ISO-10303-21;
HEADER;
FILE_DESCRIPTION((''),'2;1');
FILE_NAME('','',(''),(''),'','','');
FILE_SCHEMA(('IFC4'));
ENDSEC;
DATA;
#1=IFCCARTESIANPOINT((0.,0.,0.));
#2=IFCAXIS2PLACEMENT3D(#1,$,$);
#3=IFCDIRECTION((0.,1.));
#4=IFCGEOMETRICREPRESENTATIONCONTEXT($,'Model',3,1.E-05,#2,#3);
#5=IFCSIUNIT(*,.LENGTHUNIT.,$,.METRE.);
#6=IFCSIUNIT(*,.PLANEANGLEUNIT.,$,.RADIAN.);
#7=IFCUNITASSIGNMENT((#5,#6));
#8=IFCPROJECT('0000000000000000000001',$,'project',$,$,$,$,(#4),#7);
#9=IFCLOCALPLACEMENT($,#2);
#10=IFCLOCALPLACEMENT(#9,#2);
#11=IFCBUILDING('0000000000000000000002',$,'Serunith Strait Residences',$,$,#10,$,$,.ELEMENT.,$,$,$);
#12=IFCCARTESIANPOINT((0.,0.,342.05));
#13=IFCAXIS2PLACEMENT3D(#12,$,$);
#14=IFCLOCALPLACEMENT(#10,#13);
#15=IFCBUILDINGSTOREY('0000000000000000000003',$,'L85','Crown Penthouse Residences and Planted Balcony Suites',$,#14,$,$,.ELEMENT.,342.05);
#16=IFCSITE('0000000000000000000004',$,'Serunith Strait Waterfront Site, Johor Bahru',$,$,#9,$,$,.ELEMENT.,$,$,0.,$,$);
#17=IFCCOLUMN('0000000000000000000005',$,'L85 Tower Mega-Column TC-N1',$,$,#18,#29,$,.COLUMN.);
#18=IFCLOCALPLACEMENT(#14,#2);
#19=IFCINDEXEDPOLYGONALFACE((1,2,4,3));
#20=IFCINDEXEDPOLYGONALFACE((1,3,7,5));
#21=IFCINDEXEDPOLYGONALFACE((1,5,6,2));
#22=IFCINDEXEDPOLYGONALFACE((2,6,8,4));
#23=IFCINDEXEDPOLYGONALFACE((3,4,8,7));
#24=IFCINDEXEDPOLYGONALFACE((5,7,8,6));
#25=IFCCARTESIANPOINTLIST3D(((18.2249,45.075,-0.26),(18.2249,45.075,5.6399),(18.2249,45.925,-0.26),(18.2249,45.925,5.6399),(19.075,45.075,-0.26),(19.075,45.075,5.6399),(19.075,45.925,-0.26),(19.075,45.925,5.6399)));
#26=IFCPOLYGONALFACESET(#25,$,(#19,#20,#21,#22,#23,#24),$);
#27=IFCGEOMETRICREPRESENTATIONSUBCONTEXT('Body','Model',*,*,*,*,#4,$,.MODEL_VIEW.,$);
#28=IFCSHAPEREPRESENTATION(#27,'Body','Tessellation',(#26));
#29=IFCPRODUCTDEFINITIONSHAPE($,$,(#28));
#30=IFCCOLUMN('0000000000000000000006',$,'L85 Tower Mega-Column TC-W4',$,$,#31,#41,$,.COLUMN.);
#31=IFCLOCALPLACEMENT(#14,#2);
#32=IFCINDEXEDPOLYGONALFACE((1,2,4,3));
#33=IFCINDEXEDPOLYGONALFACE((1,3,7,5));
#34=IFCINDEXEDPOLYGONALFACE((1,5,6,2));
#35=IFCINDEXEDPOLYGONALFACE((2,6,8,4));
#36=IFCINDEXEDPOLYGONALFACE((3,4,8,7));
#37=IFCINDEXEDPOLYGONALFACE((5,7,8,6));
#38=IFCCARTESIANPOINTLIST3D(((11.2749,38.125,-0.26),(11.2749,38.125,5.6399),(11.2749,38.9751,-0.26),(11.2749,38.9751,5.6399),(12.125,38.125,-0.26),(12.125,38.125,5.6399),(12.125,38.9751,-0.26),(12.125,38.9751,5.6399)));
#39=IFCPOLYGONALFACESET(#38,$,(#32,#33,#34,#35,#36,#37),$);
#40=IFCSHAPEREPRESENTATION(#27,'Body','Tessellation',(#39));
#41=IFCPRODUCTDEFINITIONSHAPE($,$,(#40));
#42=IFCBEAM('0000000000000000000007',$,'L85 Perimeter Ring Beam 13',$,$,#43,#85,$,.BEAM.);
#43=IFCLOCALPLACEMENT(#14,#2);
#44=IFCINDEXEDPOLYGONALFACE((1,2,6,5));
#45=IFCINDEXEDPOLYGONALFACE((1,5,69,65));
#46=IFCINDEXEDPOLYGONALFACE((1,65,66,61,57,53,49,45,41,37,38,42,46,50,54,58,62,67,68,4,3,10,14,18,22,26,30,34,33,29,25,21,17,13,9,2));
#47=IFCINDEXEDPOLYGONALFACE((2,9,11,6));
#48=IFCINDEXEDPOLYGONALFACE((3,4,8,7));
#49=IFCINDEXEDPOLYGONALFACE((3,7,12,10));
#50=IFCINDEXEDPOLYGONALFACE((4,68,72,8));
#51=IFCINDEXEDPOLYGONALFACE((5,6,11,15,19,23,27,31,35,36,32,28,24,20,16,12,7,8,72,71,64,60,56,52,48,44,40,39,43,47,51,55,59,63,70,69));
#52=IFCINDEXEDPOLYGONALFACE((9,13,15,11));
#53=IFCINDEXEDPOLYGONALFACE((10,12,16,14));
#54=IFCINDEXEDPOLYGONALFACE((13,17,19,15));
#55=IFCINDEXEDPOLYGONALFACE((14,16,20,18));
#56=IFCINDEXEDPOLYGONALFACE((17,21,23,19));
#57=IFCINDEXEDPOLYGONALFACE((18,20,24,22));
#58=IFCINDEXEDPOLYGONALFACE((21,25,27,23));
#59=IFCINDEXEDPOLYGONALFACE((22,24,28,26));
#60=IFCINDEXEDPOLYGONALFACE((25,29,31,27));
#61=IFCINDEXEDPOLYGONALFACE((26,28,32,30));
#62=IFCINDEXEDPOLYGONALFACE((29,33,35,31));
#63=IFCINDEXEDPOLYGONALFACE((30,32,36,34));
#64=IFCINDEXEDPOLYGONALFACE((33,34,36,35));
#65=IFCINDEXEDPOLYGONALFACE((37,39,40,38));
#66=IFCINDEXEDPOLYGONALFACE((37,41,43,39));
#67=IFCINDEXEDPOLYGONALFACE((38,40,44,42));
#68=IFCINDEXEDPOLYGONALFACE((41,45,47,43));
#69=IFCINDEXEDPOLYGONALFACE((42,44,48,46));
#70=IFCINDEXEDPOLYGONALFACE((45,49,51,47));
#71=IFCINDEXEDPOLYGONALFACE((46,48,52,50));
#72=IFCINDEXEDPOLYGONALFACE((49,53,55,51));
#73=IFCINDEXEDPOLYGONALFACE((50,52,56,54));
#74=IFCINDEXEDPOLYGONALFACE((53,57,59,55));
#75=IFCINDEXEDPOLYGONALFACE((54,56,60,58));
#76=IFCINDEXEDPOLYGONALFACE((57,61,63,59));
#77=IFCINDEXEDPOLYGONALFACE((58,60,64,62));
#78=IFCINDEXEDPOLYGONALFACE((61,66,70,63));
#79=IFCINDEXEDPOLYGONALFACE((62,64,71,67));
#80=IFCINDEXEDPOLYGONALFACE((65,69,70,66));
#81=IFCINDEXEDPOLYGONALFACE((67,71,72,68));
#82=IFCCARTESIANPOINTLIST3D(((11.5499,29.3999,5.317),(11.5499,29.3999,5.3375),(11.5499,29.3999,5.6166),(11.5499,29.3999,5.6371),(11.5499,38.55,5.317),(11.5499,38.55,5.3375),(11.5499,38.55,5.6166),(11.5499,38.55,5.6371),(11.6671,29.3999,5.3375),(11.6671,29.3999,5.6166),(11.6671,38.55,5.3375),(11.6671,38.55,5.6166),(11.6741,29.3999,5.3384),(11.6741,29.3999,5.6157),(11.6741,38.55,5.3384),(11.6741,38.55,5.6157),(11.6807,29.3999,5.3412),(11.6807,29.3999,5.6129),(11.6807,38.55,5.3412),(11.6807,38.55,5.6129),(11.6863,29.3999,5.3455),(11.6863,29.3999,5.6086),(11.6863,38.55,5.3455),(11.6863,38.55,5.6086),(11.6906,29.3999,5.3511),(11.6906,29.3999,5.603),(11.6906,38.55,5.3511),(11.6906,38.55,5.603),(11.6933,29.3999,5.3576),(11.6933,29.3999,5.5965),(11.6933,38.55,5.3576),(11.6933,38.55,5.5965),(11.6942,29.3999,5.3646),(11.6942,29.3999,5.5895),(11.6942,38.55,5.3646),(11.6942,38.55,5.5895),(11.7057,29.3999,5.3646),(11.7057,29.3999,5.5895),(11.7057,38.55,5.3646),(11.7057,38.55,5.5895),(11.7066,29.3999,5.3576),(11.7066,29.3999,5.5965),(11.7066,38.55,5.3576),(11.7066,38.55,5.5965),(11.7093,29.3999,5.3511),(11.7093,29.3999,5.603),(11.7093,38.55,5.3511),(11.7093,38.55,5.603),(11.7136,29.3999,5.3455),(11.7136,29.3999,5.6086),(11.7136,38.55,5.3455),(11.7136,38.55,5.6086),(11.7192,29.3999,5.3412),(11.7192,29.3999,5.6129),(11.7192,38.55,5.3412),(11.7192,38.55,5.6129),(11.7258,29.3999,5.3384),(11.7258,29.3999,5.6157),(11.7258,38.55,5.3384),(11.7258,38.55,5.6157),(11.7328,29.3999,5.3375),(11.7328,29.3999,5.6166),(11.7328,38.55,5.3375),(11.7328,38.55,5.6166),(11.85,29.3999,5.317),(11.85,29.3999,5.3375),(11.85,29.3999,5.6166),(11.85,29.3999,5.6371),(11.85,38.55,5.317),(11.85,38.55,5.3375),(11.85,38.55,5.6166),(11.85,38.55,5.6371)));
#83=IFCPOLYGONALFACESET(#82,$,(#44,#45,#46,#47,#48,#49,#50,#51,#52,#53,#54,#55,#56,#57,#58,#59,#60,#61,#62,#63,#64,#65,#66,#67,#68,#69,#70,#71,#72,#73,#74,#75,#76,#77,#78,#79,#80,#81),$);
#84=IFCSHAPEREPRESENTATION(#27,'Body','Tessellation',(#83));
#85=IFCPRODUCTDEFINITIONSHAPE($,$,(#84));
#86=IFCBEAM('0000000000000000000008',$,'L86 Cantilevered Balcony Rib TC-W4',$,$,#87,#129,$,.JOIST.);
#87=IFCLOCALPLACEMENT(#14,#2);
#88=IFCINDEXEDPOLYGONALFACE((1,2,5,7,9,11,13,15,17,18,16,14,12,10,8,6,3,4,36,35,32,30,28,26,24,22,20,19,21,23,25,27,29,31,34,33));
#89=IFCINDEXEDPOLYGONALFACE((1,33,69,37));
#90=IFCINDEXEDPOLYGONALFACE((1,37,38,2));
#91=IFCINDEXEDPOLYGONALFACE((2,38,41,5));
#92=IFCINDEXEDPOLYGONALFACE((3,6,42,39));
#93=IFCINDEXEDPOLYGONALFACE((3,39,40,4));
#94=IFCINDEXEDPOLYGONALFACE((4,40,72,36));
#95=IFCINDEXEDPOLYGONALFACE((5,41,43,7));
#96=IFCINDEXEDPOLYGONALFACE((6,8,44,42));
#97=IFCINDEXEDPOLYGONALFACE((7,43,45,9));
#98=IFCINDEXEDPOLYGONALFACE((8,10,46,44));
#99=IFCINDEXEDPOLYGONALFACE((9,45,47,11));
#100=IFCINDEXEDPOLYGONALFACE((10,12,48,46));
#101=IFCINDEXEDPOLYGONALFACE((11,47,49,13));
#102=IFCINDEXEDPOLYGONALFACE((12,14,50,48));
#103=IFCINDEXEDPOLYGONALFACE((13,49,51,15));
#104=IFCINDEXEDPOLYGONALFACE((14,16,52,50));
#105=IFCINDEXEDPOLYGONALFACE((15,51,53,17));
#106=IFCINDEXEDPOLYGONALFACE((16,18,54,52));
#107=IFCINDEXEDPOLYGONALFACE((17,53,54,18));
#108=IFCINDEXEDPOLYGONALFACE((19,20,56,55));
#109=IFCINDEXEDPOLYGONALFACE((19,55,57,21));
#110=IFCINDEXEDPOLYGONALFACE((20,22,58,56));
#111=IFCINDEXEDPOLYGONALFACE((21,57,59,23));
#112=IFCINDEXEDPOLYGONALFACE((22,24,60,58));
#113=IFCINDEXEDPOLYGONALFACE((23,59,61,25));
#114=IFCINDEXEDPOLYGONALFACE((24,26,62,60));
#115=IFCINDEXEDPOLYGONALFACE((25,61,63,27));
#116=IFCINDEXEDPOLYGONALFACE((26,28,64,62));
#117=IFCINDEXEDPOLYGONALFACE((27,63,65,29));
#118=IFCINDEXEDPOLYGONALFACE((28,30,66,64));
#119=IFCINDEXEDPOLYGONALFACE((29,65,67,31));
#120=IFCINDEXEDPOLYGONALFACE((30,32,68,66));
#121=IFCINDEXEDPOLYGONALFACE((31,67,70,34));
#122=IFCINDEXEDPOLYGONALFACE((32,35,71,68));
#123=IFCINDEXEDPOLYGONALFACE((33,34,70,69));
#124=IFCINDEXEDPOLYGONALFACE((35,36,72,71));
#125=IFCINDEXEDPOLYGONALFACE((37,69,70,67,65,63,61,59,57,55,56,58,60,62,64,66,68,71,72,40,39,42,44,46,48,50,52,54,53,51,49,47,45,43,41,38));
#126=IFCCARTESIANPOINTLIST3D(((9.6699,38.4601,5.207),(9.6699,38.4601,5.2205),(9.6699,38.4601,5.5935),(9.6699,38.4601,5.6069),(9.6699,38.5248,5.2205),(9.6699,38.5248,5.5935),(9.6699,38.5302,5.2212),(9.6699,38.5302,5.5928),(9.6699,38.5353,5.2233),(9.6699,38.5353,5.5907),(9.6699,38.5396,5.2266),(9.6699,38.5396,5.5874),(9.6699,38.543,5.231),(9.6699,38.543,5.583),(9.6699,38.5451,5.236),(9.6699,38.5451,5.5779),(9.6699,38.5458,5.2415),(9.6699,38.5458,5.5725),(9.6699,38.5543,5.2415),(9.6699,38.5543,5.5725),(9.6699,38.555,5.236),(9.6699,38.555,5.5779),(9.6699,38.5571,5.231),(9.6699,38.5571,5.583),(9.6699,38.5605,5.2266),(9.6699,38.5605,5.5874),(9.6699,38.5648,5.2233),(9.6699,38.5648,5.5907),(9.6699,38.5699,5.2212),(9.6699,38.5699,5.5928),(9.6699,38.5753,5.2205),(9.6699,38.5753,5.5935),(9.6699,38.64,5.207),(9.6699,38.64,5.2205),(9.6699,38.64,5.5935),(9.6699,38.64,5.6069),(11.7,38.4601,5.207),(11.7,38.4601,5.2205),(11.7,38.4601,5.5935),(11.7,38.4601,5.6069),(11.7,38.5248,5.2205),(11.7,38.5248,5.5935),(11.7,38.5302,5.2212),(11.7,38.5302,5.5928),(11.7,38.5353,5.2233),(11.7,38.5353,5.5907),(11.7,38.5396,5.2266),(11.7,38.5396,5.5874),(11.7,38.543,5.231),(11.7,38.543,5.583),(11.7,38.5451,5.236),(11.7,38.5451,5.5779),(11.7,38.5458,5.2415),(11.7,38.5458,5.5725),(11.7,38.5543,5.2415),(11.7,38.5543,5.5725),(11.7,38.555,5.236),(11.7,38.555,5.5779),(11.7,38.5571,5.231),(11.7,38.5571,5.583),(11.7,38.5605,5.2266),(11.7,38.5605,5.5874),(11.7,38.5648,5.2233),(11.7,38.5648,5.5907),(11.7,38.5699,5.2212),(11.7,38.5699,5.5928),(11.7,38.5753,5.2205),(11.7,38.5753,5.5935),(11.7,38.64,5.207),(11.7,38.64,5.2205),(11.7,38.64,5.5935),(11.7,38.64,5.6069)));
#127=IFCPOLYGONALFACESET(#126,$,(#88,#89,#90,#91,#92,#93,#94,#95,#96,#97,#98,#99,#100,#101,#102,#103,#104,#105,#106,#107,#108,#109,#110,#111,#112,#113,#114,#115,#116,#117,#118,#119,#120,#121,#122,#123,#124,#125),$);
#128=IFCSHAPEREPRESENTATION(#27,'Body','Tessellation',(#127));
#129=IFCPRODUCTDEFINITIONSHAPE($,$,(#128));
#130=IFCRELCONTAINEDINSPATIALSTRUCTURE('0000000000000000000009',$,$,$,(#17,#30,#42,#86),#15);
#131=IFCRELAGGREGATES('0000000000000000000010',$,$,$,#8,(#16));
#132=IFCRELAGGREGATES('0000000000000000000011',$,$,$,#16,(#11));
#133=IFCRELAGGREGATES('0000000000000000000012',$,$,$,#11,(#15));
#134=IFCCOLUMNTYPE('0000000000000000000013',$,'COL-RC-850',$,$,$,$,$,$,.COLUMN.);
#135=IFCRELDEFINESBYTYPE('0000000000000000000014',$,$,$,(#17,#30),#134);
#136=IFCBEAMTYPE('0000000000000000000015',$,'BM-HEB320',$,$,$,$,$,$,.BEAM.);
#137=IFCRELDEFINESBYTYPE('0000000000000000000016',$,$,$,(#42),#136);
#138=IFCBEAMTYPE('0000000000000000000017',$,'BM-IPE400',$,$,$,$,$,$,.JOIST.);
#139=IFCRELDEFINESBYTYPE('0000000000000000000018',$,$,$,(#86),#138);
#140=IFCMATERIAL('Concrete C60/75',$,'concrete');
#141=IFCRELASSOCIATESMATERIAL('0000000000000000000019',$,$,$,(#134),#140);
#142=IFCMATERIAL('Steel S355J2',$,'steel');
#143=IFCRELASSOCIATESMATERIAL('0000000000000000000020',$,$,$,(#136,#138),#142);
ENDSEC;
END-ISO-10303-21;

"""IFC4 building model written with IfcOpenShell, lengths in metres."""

from ifc_helpers import new_model, si_unit, direction, frame, origin, origin_2d, place, context, subcontext, project, spatial, rectangle, i_section, extrude, source, transform, mapped, material, material_profile, profile_set, type_object, element, save


model = new_model("IFC4")

# Units and contexts
model_context = context("Model", 3, precision=1e-05, world=origin(), true_north=direction((0.0, 1.0)))
body_context = subcontext(model_context, "Body", "Model", "MODEL_VIEW")
ifc_project = project(units=[si_unit("LENGTHUNIT", "METRE"), si_unit("PLANEANGLEUNIT", "RADIAN")], contexts=[model_context])

# Site, building, storey
site_placement = place(None, origin())
site = spatial("IfcSite", under=ifc_project, at=site_placement, Name="Serunith Strait Waterfront Site, Johor Bahru", CompositionType="ELEMENT", RefElevation=0.0)
building_placement = place(site_placement, origin())
building = spatial("IfcBuilding", under=site, at=building_placement, Name="Serunith Strait Residences", CompositionType="ELEMENT")
storey_placement = place(building_placement, frame((0.0, 0.0, 342.05)))
storey = spatial("IfcBuildingStorey", under=building, at=storey_placement, Name="L85", Description="Crown Penthouse Residences and Planted Balcony Suites", CompositionType="ELEMENT", Elevation=342.05)

# Columns
ifc_material_1 = material(Name="Concrete C60/75", Category="concrete")
ifc_material_profile_1 = material_profile(ifc_material_1, rectangle(XDim=0.8501, YDim=0.8501, at=origin_2d()), Name="RC 850x850")
ifc_profile_set_1 = profile_set([ifc_material_profile_1], Name="Concrete C60/75")
column_type = type_object("IfcColumnType", Name="COL-RC-850", PredefinedType="COLUMN", material=ifc_profile_set_1)
shared_shape_1 = source(origin(), body_context, "Body", "SweptSolid", [
    extrude(rectangle(XDim=0.8501, YDim=0.8501, at=origin_2d()), origin(), (0.0, 0.0, 1.0), 5.8999),
])
for number, where, z_axis, x_axis, name in (
    (1, (18.6499, 45.5, -0.26), (0.0, 0.0, 1.0), (1.0, 0.0, 0.0), "L85 Tower Mega-Column TC-N1"),
    (2, (11.7, 38.55, -0.26), (0.0, 0.0, 1.0), (1.0, 0.0, 0.0), "L85 Tower Mega-Column TC-W4"),
):
    element("IfcColumn", number, at=place(storey_placement, frame(where, z_axis=z_axis, x_axis=x_axis)), inside=storey, type_object=column_type, Name=name, PredefinedType="COLUMN", context=body_context, shape_type="MappedRepresentation", body=[
        mapped(shared_shape_1, transform((0.0, 0.0, 0.0), scale=1.0)),
    ])

# Beams
ifc_material_2 = material(Name="Steel S355J2", Category="steel")
ifc_material_profile_2 = material_profile(ifc_material_2, i_section(OverallWidth=0.3, OverallDepth=0.3201, WebThickness=0.0115, FlangeThickness=0.0205, FilletRadius=0.0271, at=origin_2d()), Name="HEB 320")
ifc_profile_set_2 = profile_set([ifc_material_profile_2], Name="Steel S355J2")
beam_type_1 = type_object("IfcBeamType", Name="BM-HEB320", PredefinedType="BEAM", material=ifc_profile_set_2)
shared_shape_2 = source(origin(), body_context, "Body", "SweptSolid", [
    extrude(i_section(OverallWidth=0.3, OverallDepth=0.3201, WebThickness=0.0115, FlangeThickness=0.0205, FilletRadius=0.0271, at=origin_2d()), origin(), (0.0, 0.0, 1.0), 9.1501),
])
beam_1_placement = place(storey_placement, frame((11.7, 38.55, 5.4771), z_axis=(0.0, -1.0, 0.0), x_axis=(1.0, 0.0, 0.0)))
element("IfcBeam", 3, at=beam_1_placement, inside=storey, type_object=beam_type_1, Name="L85 Perimeter Ring Beam 13", PredefinedType="BEAM", context=body_context, shape_type="MappedRepresentation", body=[
    mapped(shared_shape_2, transform((0.0, 0.0, 0.0), scale=1.0)),
])
ifc_material_profile_3 = material_profile(ifc_material_2, i_section(OverallWidth=0.1799, OverallDepth=0.3999, WebThickness=0.0085, FlangeThickness=0.0134, FilletRadius=0.021, at=origin_2d()), Name="IPE 400")
ifc_profile_set_3 = profile_set([ifc_material_profile_3], Name="Steel S355J2")
beam_type_2 = type_object("IfcBeamType", Name="BM-IPE400", PredefinedType="JOIST", material=ifc_profile_set_3)
shared_shape_3 = source(origin(), body_context, "Body", "SweptSolid", [
    extrude(i_section(OverallWidth=0.1799, OverallDepth=0.3999, WebThickness=0.0085, FlangeThickness=0.0134, FilletRadius=0.021, at=origin_2d()), origin(), (0.0, 0.0, 1.0), 2.03),
])
beam_2_placement = place(storey_placement, frame((11.7, 38.55, 5.407), z_axis=(-1.0, 0.0, 0.0), x_axis=(0.0, -1.0, 0.0)))
element("IfcBeam", 4, at=beam_2_placement, inside=storey, type_object=beam_type_2, Name="L86 Cantilevered Balcony Rib TC-W4", PredefinedType="JOIST", context=body_context, shape_type="MappedRepresentation", body=[
    mapped(shared_shape_3, transform((0.0, 0.0, 0.0), scale=1.0)),
])

save(model, "model.ifc")
